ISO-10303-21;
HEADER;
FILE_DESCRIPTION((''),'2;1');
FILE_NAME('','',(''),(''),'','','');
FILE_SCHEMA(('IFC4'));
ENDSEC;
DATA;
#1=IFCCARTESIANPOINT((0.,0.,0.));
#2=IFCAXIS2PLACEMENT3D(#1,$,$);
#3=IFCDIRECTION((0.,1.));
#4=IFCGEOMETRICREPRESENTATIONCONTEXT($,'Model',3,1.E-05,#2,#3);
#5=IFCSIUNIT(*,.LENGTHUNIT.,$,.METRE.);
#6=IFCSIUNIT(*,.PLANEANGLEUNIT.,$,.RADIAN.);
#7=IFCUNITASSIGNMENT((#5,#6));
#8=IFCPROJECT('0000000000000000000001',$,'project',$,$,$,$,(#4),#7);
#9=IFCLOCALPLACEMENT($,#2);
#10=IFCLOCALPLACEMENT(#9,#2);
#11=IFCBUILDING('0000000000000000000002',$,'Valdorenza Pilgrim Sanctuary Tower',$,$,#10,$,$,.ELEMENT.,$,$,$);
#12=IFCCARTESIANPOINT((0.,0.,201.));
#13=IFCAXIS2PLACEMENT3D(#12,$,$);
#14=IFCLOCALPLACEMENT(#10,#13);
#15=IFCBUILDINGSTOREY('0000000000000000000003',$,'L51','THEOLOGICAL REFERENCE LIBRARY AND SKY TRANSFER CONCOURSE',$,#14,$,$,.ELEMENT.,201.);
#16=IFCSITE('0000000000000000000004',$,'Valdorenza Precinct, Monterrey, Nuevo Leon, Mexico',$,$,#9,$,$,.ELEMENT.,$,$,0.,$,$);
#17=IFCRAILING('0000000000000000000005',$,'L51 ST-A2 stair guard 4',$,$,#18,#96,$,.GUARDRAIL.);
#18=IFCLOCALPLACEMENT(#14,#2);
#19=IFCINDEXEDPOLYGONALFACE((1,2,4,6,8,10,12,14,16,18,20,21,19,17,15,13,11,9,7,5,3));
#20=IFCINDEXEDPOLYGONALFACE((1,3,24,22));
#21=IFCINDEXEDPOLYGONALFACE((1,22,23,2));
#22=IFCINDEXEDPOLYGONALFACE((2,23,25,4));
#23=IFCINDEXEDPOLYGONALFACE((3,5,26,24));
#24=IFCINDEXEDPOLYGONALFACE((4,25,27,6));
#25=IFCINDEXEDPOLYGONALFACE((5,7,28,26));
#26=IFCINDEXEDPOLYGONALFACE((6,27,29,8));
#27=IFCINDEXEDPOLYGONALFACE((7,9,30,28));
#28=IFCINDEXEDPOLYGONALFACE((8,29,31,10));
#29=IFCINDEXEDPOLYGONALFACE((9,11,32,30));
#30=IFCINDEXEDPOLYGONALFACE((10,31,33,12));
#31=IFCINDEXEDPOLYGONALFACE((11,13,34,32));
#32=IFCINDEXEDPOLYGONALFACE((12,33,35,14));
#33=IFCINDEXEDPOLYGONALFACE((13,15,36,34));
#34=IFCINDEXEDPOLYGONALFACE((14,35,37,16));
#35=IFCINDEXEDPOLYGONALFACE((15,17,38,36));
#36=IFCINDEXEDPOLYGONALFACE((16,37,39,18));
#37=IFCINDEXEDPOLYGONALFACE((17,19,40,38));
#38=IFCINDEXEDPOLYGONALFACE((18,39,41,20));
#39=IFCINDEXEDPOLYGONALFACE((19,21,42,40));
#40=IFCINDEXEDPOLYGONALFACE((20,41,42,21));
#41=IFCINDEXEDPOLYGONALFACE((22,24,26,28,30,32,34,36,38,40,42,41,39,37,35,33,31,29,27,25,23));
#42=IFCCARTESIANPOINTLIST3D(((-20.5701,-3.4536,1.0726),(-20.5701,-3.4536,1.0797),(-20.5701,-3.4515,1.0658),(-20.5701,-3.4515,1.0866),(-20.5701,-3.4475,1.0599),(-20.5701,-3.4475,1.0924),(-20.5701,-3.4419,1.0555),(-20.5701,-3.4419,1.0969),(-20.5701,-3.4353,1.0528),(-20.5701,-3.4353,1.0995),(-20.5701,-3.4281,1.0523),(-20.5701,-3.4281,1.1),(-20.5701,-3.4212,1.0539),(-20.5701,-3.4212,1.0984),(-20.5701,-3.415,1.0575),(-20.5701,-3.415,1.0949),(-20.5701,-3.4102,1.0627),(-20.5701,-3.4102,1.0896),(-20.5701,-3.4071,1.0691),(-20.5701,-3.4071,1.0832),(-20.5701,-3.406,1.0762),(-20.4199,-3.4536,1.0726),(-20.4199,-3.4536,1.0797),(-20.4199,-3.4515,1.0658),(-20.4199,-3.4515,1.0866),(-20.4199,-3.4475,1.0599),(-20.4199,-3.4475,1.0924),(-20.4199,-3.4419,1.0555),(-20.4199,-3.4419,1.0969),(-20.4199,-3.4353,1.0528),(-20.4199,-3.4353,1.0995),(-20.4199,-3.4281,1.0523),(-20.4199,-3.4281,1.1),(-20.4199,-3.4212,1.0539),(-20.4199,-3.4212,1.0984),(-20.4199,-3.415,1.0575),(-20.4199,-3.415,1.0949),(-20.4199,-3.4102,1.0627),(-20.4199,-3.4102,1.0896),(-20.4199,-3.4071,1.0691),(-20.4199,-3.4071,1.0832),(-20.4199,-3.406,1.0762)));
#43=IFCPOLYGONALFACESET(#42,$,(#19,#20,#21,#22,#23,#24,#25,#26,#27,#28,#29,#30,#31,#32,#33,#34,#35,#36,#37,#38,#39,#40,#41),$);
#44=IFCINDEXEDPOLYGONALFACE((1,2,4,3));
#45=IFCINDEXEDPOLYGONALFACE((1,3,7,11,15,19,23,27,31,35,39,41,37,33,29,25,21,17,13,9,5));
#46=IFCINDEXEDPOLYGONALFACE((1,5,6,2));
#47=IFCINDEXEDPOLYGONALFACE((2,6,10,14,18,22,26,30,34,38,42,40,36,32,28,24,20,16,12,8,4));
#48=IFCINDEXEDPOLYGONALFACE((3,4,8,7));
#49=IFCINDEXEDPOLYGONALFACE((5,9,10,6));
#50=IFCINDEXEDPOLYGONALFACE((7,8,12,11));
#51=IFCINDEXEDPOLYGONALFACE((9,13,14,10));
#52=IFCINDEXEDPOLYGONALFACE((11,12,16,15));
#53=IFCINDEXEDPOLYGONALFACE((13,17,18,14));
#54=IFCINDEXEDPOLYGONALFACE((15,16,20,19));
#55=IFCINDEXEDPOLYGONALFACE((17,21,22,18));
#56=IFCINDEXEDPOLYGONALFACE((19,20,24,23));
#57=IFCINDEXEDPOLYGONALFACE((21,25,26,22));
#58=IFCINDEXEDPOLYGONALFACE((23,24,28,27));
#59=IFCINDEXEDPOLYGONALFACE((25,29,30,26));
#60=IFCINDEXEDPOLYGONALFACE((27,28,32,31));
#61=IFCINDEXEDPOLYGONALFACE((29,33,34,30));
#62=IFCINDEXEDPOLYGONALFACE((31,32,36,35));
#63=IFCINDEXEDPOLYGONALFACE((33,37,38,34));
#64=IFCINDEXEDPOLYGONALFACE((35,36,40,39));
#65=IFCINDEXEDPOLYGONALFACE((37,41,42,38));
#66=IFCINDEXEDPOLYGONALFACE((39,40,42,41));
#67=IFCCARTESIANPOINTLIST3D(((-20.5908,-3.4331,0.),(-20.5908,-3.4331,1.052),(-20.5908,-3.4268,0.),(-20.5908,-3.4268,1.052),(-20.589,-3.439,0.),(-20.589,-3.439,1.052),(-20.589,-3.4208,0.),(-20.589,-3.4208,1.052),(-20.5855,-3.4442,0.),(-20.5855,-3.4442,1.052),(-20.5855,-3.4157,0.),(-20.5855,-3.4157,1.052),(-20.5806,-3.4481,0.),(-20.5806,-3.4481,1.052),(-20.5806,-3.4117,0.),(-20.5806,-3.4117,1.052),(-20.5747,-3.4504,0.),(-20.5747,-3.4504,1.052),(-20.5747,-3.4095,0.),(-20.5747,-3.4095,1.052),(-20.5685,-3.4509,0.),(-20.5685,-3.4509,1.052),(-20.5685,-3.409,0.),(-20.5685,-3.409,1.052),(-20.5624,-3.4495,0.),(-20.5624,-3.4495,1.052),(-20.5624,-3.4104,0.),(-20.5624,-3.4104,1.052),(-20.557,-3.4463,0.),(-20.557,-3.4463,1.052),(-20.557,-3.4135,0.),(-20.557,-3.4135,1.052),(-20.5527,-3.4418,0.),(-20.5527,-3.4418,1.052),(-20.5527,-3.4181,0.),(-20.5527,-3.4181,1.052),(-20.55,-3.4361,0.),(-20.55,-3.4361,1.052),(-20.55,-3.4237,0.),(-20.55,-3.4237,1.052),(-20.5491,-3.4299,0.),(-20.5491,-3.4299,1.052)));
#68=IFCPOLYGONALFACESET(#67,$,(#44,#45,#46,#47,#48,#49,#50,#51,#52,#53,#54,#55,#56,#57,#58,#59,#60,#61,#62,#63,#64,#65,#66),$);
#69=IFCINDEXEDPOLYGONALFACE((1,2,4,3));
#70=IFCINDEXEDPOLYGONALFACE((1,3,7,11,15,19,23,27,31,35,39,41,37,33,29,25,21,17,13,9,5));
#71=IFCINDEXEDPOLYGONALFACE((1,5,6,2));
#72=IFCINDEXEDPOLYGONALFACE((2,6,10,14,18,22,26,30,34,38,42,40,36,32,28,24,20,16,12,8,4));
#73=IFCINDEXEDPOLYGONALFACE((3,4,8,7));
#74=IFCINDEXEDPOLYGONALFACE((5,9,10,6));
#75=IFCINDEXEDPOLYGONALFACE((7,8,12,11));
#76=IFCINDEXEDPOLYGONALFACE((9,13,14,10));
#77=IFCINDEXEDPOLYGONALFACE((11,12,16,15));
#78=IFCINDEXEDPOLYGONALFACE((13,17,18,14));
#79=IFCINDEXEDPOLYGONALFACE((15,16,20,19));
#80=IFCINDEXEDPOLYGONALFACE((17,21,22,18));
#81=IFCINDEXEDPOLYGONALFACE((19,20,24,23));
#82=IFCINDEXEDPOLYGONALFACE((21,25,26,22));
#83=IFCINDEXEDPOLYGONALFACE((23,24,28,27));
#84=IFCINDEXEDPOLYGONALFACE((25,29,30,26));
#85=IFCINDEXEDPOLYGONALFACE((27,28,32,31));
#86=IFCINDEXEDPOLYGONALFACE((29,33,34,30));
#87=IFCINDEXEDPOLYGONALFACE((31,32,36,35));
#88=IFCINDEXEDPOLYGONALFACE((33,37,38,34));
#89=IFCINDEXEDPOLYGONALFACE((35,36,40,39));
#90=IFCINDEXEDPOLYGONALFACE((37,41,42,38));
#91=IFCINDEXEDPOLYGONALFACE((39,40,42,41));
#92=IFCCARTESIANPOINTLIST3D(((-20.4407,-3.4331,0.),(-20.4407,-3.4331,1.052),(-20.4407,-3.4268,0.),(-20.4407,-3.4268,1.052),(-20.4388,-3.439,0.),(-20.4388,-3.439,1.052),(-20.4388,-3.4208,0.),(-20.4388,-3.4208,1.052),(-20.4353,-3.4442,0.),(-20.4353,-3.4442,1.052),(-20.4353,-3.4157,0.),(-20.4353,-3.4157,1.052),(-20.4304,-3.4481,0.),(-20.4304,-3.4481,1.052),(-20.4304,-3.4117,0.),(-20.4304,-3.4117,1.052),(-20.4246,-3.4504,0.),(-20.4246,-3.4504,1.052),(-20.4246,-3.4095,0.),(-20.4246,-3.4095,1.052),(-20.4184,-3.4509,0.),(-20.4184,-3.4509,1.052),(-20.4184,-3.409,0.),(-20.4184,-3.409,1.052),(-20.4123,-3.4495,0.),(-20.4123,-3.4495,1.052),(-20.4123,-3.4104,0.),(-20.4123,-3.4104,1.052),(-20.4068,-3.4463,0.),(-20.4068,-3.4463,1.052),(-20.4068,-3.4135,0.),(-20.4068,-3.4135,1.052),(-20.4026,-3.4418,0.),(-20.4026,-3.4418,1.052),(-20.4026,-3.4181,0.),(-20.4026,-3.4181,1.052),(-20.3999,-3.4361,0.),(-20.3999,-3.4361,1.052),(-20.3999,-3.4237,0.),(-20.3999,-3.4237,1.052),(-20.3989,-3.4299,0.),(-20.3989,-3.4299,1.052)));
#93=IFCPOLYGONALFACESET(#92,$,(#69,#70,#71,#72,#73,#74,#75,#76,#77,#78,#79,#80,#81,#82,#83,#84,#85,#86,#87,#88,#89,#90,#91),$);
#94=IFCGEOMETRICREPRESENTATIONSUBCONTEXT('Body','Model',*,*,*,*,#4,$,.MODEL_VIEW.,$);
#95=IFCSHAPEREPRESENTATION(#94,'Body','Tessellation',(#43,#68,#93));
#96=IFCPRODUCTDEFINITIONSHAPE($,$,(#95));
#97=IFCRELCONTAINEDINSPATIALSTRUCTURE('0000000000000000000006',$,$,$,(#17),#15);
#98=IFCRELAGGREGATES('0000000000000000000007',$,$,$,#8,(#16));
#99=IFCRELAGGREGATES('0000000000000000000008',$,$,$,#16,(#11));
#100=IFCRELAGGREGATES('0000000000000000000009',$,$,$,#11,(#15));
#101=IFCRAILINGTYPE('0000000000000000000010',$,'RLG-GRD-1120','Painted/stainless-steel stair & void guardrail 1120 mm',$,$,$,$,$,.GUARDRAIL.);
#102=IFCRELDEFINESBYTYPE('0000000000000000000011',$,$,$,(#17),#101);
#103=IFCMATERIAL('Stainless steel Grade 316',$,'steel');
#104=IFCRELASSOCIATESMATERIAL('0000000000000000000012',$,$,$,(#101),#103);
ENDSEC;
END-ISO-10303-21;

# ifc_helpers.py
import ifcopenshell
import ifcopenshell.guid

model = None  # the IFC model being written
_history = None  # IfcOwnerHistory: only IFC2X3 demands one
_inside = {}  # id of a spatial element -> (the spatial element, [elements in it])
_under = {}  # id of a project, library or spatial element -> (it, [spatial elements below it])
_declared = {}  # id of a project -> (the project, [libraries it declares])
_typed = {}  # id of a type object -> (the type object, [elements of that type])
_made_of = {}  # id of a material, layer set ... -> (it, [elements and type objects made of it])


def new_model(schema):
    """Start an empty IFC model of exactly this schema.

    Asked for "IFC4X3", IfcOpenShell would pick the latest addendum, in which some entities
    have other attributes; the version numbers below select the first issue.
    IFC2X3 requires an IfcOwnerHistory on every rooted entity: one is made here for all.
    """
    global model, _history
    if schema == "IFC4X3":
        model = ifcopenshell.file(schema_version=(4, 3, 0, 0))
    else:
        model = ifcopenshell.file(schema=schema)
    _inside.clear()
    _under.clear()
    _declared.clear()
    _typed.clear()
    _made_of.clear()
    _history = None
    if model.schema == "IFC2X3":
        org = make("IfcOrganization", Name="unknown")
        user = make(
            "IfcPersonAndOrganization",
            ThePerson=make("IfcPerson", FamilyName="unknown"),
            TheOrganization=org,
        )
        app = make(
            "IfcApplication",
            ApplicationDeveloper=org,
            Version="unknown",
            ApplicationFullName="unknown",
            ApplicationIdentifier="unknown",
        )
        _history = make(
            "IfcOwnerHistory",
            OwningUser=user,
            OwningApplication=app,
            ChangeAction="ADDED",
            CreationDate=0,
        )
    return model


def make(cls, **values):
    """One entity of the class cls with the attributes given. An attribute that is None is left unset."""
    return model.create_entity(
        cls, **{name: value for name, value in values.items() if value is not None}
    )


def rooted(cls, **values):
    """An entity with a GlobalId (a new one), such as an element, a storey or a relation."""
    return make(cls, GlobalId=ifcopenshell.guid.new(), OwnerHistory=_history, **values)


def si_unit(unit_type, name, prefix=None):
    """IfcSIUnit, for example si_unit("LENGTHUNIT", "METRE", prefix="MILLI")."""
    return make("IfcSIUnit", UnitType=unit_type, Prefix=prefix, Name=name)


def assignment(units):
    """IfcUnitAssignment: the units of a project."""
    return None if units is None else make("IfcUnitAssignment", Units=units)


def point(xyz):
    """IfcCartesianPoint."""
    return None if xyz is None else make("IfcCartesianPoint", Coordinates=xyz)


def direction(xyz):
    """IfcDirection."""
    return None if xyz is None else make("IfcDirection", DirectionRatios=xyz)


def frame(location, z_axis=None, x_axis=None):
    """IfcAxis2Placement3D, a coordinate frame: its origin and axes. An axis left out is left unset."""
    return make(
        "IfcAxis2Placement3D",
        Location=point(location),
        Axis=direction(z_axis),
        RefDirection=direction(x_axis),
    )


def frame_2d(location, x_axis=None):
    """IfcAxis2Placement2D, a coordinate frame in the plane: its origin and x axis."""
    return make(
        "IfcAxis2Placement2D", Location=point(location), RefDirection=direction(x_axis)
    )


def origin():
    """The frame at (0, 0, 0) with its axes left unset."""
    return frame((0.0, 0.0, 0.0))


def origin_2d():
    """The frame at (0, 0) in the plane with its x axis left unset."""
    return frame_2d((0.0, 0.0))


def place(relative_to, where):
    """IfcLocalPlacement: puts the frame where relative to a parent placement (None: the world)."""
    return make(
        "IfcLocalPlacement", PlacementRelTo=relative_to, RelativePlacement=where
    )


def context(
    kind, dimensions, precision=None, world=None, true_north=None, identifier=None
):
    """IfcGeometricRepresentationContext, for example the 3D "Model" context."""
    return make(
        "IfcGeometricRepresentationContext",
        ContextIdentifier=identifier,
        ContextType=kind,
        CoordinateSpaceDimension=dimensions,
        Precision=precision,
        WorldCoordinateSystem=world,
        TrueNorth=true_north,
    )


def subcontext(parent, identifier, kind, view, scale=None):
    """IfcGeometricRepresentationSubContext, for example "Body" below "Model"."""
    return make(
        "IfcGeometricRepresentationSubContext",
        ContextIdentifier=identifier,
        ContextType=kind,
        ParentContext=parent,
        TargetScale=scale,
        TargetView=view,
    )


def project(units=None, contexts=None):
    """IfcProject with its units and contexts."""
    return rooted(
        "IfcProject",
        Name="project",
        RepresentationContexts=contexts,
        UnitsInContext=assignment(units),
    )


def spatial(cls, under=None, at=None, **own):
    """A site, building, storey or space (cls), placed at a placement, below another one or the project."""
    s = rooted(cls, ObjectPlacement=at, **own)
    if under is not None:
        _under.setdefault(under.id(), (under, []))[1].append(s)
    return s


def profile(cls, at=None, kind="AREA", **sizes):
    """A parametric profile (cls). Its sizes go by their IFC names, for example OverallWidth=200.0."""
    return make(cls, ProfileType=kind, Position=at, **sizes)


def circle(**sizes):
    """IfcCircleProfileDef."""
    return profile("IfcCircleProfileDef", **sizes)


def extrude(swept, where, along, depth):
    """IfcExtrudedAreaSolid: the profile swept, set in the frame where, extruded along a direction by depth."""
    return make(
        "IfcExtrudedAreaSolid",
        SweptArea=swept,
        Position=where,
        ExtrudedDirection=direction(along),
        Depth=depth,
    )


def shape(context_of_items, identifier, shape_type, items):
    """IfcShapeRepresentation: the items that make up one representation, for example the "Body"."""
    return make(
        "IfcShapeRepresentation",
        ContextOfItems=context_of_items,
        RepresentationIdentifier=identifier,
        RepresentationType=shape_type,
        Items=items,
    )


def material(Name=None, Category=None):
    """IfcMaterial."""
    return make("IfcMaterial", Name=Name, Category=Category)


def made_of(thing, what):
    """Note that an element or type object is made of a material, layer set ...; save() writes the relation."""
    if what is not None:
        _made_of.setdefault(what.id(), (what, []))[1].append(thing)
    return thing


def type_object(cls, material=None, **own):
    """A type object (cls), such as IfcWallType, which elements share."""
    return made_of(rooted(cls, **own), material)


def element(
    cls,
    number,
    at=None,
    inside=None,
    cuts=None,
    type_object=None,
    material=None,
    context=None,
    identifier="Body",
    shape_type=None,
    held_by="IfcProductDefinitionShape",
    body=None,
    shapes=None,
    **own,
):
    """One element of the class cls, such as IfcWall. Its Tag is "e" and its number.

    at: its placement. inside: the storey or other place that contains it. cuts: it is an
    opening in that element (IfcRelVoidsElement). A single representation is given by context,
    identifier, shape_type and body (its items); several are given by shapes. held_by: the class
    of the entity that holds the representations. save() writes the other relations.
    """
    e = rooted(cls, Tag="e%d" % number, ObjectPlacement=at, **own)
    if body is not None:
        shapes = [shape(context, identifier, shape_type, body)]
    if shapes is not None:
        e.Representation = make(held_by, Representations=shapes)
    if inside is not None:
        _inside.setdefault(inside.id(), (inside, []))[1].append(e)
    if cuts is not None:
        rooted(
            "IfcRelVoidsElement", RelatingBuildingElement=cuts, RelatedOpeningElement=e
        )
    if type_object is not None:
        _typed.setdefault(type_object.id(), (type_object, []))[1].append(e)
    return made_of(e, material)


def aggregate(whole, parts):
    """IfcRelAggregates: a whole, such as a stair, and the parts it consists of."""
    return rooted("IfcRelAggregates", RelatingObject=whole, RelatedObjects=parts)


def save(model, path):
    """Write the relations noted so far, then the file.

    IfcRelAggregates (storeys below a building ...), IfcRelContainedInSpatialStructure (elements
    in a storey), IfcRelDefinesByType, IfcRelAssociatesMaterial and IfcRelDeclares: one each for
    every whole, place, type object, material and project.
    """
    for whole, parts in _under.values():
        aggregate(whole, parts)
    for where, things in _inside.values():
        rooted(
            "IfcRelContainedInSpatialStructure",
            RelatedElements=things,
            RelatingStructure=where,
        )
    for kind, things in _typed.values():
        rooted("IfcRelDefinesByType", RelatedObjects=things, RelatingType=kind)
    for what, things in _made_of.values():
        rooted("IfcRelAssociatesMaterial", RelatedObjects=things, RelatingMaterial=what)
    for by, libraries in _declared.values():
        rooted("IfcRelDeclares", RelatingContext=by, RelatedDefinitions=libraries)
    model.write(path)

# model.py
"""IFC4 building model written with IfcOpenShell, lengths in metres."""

from ifc_helpers import new_model, si_unit, direction, frame, origin, origin_2d, place, context, subcontext, project, spatial, circle, extrude, material, type_object, element, save


model = new_model("IFC4")

# Units and contexts
model_context = context("Model", 3, precision=1e-05, world=origin(), true_north=direction((0.0, 1.0)))
body_context = subcontext(model_context, "Body", "Model", "MODEL_VIEW")
ifc_project = project(units=[si_unit("LENGTHUNIT", "METRE"), si_unit("PLANEANGLEUNIT", "RADIAN")], contexts=[model_context])

# Site, building, storey
site_placement = place(None, origin())
site = spatial("IfcSite", under=ifc_project, at=site_placement, Name="Valdorenza Precinct, Monterrey, Nuevo Leon, Mexico", CompositionType="ELEMENT", RefElevation=0.0)
building_placement = place(site_placement, origin())
building = spatial("IfcBuilding", under=site, at=building_placement, Name="Valdorenza Pilgrim Sanctuary Tower", CompositionType="ELEMENT")
storey_placement = place(building_placement, frame((0.0, 0.0, 201.0)))
storey = spatial("IfcBuildingStorey", under=building, at=storey_placement, Name="L51", Description="THEOLOGICAL REFERENCE LIBRARY AND SKY TRANSFER CONCOURSE", CompositionType="ELEMENT", Elevation=201.0)

# Railing
ifc_material_1 = material(Name="Stainless steel Grade 316", Category="steel")
railing_type_1 = type_object("IfcRailingType", Name="RLG-GRD-1120", Description="Painted/stainless-steel stair & void guardrail 1120 mm", PredefinedType="GUARDRAIL", material=ifc_material_1)
railing_1_placement = place(storey_placement, frame((-20.5701, -3.4299, 0.0)))
element("IfcRailing", 1, at=railing_1_placement, inside=storey, type_object=railing_type_1, Name="L51 ST-A2 stair guard 4", PredefinedType="GUARDRAIL", context=body_context, shape_type="SweptSolid", body=[
    extrude(circle(Radius=0.0239, at=origin_2d()), frame((0.0, 0.0, 1.0762), z_axis=(1.0, 0.0, 0.0), x_axis=(0.0, 1.0, 0.0)), (0.0, 0.0, 1.0), 0.1501),
    extrude(circle(Radius=0.021, at=origin_2d()), origin(), (0.0, 0.0, 1.0), 1.052),
    extrude(circle(Radius=0.021, at=origin_2d()), frame((0.1501, 0.0, 0.0)), (0.0, 0.0, 1.0), 1.052),
])

save(model, "model.ifc")
